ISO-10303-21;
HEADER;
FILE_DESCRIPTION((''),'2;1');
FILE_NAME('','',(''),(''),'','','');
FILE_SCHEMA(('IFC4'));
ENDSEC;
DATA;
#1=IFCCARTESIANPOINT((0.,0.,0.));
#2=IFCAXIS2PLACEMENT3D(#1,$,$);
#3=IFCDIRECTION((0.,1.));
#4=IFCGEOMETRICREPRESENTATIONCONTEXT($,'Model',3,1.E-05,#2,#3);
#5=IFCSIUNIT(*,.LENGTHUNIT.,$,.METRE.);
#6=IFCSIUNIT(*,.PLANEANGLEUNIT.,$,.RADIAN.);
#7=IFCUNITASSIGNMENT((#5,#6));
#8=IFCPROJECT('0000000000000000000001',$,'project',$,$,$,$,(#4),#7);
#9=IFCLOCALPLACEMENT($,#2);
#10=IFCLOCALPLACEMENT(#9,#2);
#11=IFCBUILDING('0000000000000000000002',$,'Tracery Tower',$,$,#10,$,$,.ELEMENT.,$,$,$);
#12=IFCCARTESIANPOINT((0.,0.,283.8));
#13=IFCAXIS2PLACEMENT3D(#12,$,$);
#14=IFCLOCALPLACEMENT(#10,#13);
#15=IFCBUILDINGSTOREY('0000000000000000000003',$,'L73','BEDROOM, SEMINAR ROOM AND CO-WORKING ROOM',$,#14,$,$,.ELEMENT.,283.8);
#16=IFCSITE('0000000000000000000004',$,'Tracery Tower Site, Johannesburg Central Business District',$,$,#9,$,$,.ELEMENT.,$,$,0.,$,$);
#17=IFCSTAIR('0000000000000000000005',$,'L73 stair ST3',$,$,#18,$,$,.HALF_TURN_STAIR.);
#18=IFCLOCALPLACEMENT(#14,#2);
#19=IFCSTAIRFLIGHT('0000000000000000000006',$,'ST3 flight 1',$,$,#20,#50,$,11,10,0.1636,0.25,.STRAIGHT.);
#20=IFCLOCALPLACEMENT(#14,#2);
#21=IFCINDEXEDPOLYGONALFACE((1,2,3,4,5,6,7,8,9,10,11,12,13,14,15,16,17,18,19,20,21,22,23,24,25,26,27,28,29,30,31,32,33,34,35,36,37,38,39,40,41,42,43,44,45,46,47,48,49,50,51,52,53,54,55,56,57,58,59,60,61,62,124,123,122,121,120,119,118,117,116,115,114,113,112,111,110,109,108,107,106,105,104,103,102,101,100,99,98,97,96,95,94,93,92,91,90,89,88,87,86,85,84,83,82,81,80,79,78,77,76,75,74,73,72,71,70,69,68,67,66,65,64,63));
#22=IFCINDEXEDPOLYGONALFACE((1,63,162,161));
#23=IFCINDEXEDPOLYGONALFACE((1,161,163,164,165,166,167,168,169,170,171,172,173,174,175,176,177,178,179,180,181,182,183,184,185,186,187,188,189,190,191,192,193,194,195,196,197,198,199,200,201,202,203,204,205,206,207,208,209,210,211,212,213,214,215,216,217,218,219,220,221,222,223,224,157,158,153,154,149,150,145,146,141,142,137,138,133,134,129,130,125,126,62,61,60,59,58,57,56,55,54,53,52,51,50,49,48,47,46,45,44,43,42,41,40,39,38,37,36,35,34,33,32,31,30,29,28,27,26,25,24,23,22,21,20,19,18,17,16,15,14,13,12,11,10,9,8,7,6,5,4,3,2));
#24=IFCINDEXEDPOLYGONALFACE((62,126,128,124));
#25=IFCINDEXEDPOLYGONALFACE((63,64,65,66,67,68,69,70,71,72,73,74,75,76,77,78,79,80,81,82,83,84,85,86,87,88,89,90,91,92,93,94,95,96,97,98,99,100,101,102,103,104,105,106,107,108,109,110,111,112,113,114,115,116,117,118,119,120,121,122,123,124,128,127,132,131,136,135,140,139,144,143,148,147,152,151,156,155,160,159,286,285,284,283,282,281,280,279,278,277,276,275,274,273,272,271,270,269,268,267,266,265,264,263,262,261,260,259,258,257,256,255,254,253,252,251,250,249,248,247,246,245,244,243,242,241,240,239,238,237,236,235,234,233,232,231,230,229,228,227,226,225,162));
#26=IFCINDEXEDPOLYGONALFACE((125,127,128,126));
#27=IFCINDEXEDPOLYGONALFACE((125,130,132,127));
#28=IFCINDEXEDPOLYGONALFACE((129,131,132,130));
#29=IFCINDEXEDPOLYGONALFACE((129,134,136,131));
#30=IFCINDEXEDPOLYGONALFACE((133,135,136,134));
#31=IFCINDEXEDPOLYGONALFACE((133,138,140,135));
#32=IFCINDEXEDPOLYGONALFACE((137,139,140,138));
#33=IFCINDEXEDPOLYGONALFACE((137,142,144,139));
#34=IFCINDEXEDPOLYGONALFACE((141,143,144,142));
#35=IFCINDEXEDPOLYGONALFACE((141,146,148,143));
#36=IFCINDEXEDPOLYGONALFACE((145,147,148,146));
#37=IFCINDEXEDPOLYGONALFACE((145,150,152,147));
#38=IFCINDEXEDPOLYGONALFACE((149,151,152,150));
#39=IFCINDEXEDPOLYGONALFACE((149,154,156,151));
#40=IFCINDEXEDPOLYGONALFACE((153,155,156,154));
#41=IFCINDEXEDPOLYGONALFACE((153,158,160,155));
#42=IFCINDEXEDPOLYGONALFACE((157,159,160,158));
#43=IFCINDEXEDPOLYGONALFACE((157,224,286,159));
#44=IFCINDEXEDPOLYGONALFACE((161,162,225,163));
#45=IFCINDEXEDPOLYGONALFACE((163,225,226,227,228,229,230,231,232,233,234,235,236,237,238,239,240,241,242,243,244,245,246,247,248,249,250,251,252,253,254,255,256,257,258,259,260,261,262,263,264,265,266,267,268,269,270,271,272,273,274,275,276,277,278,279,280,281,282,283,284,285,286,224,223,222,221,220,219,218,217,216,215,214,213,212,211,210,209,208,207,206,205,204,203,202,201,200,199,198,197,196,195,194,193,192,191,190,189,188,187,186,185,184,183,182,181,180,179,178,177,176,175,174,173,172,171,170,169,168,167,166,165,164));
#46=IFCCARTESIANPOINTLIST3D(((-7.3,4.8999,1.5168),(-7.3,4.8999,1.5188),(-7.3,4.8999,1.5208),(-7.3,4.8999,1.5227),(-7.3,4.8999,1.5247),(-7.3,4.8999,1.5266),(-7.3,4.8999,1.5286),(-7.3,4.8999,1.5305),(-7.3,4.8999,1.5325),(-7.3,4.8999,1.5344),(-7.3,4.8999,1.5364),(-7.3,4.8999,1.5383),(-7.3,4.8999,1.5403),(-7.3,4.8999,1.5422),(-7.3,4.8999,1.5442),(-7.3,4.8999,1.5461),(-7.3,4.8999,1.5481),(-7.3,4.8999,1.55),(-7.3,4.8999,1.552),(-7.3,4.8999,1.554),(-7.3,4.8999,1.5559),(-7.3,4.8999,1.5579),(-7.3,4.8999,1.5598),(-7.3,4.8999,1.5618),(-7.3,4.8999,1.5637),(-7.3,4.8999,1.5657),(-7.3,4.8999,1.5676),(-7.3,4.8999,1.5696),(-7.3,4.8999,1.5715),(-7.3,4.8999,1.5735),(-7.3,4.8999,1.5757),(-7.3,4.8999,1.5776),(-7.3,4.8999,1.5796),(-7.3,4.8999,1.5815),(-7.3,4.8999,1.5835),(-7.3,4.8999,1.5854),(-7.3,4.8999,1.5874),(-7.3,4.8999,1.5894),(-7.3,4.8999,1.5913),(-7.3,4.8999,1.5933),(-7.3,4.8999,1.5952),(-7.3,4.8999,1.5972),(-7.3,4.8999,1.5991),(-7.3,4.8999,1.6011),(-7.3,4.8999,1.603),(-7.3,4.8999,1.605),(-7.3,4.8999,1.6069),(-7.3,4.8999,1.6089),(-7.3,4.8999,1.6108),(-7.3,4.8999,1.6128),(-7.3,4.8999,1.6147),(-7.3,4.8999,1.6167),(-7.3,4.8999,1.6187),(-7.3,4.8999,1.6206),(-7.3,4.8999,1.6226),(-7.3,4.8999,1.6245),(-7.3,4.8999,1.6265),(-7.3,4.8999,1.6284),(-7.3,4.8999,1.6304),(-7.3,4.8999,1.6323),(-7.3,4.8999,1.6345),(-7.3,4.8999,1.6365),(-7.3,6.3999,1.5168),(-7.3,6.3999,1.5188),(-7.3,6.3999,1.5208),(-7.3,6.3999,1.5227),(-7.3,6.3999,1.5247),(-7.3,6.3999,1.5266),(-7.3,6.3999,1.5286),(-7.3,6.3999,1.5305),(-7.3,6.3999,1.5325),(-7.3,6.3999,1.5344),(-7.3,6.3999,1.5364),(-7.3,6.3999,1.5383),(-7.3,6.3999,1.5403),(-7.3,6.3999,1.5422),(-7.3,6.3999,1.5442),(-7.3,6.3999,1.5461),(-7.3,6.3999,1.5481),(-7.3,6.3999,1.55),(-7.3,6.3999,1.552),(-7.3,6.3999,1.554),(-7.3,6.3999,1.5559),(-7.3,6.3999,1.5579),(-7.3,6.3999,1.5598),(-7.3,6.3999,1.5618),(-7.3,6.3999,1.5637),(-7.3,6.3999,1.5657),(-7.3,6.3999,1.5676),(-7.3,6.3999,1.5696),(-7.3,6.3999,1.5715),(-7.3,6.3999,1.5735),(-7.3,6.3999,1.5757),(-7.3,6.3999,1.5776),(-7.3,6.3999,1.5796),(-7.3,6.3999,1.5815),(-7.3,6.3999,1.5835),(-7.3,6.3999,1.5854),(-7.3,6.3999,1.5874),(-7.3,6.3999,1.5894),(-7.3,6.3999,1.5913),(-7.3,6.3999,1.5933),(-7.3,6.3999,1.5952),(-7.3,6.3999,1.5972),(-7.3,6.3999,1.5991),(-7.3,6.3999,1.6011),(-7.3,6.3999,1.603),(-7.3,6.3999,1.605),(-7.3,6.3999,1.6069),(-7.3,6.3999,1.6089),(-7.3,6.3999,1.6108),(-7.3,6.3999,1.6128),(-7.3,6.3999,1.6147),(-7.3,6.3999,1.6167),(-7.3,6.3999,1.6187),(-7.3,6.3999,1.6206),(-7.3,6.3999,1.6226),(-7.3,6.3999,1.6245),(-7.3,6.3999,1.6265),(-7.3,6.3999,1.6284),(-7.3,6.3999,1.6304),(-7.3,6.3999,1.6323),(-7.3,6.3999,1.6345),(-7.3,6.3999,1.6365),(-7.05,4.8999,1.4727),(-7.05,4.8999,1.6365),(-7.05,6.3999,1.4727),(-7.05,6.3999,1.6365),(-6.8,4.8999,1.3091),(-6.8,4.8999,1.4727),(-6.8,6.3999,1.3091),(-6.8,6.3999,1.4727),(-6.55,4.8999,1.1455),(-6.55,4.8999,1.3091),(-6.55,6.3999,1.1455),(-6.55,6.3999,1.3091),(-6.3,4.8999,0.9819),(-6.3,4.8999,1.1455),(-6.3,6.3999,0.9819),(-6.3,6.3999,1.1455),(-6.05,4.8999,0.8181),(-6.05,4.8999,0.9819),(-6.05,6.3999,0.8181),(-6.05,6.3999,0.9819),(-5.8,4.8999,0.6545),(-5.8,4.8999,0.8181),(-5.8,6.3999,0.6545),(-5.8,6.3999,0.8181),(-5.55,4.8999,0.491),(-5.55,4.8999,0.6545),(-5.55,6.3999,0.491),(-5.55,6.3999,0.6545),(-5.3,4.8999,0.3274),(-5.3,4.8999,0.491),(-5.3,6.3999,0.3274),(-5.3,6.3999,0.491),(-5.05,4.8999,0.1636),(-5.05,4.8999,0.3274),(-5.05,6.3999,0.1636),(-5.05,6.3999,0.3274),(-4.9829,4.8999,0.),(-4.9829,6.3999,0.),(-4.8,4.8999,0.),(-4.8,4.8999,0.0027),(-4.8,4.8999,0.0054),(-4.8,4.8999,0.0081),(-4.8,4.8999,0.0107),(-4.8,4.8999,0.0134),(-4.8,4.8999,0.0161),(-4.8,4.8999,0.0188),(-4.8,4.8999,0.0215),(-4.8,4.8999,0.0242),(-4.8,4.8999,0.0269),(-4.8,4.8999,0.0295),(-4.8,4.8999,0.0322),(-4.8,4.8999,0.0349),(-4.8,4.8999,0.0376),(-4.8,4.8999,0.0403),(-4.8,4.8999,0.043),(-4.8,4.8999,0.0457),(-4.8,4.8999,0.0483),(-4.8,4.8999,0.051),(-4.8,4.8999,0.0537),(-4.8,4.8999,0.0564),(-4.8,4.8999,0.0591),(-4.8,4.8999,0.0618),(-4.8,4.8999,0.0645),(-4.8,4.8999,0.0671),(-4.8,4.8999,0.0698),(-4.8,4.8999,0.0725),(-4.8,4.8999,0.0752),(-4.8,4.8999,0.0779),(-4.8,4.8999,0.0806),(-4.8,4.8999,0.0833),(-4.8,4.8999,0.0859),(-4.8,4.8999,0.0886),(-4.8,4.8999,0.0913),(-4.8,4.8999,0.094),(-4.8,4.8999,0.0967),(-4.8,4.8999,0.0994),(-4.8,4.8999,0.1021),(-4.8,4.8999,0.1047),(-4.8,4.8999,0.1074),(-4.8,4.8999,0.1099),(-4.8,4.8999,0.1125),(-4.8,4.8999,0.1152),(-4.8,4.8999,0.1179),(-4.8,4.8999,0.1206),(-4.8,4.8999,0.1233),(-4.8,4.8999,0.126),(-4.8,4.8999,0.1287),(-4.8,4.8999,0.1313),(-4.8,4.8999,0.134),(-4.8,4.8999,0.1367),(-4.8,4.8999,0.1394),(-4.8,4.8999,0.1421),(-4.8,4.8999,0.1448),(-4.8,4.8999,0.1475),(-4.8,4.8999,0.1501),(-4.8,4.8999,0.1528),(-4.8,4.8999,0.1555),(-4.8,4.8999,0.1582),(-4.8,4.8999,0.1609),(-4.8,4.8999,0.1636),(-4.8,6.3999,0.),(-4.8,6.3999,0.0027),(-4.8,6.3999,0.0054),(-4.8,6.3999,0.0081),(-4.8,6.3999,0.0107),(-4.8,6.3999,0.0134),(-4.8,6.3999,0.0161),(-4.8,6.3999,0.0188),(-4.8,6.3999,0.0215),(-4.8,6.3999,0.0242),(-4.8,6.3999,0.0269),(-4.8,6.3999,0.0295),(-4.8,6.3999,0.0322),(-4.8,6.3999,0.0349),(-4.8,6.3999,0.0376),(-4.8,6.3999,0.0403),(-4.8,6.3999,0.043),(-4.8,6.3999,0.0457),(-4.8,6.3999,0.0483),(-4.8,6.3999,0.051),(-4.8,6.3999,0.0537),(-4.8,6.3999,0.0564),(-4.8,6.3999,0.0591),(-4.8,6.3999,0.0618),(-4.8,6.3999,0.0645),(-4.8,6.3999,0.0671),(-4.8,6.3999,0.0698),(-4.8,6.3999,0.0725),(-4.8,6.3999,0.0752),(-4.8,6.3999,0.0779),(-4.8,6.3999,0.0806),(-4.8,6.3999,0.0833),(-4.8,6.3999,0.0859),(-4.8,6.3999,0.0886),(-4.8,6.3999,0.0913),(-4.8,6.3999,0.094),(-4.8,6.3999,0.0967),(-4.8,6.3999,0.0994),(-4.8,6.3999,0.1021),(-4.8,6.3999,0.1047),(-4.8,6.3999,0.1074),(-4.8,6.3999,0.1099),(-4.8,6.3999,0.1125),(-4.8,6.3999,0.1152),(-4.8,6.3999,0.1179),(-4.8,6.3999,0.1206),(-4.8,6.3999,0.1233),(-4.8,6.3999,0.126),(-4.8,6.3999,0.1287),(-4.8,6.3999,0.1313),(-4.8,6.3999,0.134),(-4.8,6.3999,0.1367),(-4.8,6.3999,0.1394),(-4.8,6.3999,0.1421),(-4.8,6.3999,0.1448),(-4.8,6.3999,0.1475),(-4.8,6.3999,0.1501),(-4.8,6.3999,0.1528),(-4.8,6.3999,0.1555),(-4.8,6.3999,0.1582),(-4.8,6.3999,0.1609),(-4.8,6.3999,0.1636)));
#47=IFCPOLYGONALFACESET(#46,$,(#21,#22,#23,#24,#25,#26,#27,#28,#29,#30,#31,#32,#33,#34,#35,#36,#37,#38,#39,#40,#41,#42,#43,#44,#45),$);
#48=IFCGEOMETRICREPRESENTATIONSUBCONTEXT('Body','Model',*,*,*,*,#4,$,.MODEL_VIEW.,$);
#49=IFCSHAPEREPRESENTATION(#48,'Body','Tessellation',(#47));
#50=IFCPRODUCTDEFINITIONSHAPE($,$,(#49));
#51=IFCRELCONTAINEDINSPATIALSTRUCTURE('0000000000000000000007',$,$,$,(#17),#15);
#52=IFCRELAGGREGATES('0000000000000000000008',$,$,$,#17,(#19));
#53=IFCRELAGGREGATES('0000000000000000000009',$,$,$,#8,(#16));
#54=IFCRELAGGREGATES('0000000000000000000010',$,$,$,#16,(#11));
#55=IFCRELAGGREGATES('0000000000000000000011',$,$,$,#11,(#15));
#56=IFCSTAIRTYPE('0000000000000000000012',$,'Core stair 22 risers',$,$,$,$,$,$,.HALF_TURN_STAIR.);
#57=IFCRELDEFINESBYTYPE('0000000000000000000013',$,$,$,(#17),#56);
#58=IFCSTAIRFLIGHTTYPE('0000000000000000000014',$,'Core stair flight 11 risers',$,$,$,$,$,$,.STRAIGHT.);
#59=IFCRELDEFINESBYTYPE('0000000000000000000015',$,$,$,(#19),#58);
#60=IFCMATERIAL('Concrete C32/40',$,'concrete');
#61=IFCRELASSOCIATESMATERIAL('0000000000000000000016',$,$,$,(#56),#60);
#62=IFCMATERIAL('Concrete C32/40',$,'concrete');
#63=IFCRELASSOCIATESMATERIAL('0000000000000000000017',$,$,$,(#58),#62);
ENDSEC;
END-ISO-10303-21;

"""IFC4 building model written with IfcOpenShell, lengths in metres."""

from ifc_helpers import new_model, si_unit, direction, frame, origin, place, context, subcontext, project, spatial, polyline, outline, extrude, material, type_object, element, aggregate, save


model = new_model("IFC4")

# Units and contexts
model_context = context("Model", 3, precision=1e-05, world=origin(), true_north=direction((0.0, 1.0)))
body_context = subcontext(model_context, "Body", "Model", "MODEL_VIEW")
ifc_project = project(units=[si_unit("LENGTHUNIT", "METRE"), si_unit("PLANEANGLEUNIT", "RADIAN")], contexts=[model_context])

# Site, building, storey
site_placement = place(None, origin())
site = spatial("IfcSite", under=ifc_project, at=site_placement, Name="Tracery Tower Site, Johannesburg Central Business District", CompositionType="ELEMENT", RefElevation=0.0)
building_placement = place(site_placement, origin())
building = spatial("IfcBuilding", under=site, at=building_placement, Name="Tracery Tower", CompositionType="ELEMENT")
storey_placement = place(building_placement, frame((0.0, 0.0, 283.8)))
storey = spatial("IfcBuildingStorey", under=building, at=storey_placement, Name="L73", Description="BEDROOM, SEMINAR ROOM AND CO-WORKING ROOM", CompositionType="ELEMENT", Elevation=283.8)

# Stair, stair flight
ifc_material_1 = material(Name="Concrete C32/40", Category="concrete")
stair_type = type_object("IfcStairType", Name="Core stair 22 risers", PredefinedType="HALF_TURN_STAIR", material=ifc_material_1)
stair_placement = place(storey_placement, origin())
stair = element("IfcStair", 1, at=stair_placement, inside=storey, type_object=stair_type, Name="L73 stair ST3", PredefinedType="HALF_TURN_STAIR")
ifc_material_2 = material(Name="Concrete C32/40", Category="concrete")
stair_flight_type = type_object("IfcStairFlightType", Name="Core stair flight 11 risers", PredefinedType="STRAIGHT", material=ifc_material_2)
stair_flight_1_placement = place(storey_placement, frame((-4.8, 5.6499, 0.0), z_axis=(0.0, 0.0, 1.0), x_axis=(-1.0, 0.0, 0.0)))
stair_flight_1 = element("IfcStairFlight", 2, at=stair_flight_1_placement, type_object=stair_flight_type, Name="ST3 flight 1", NumberOfRisers=11, NumberOfTreads=10, PredefinedType="STRAIGHT", RiserHeight=0.1636, TreadLength=0.25, context=body_context, shape_type="SweptSolid", body=[
    extrude(outline(polyline([(0.0, 0.0), (0.0, 0.0027), (0.0, 0.0054), (0.0, 0.0081), (0.0, 0.0107), (0.0, 0.0134), (0.0, 0.0161), (0.0, 0.0188), (0.0, 0.0215), (0.0, 0.0242), (0.0, 0.0269), (0.0, 0.0295), (0.0, 0.0322), (0.0, 0.0349), (0.0, 0.0376), (0.0, 0.0403), (0.0, 0.043), (0.0, 0.0457), (0.0, 0.0483), (0.0, 0.051), (0.0, 0.0537), (0.0, 0.0564), (0.0, 0.0591), (0.0, 0.0618), (0.0, 0.0645), (0.0, 0.0671), (0.0, 0.0698), (0.0, 0.0725), (0.0, 0.0752), (0.0, 0.0779), (0.0, 0.0806), (0.0, 0.0833), (0.0, 0.0859), (0.0, 0.0886), (0.0, 0.0913), (0.0, 0.094), (0.0, 0.0967), (0.0, 0.0994), (0.0, 0.1021), (0.0, 0.1047), (0.0, 0.1074), (0.0, 0.1099), (0.0, 0.1125), (0.0, 0.1152), (0.0, 0.1179), (0.0, 0.1206), (0.0, 0.1233), (0.0, 0.126), (0.0, 0.1287), (0.0, 0.1313), (0.0, 0.134), (0.0, 0.1367), (0.0, 0.1394), (0.0, 0.1421), (0.0, 0.1448), (0.0, 0.1475), (0.0, 0.1501), (0.0, 0.1528), (0.0, 0.1555), (0.0, 0.1582), (0.0, 0.1609), (0.0, 0.1636), (0.25, 0.1636), (0.25, 0.3274), (0.5, 0.3274), (0.5, 0.491), (0.75, 0.491), (0.75, 0.6545), (1.0, 0.6545), (1.0, 0.8181), (1.25, 0.8181), (1.25, 0.9819), (1.5, 0.9819), (1.5, 1.1455), (1.75, 1.1455), (1.75, 1.3091), (2.0, 1.3091), (2.0, 1.4727), (2.25, 1.4727), (2.25, 1.6365), (2.5, 1.6365), (2.5, 1.6345), (2.5, 1.6323), (2.5, 1.6304), (2.5, 1.6284), (2.5, 1.6265), (2.5, 1.6245), (2.5, 1.6226), (2.5, 1.6206), (2.5, 1.6187), (2.5, 1.6167), (2.5, 1.6147), (2.5, 1.6128), (2.5, 1.6108), (2.5, 1.6089), (2.5, 1.6069), (2.5, 1.605), (2.5, 1.603), (2.5, 1.6011), (2.5, 1.5991), (2.5, 1.5972), (2.5, 1.5952), (2.5, 1.5933), (2.5, 1.5913), (2.5, 1.5894), (2.5, 1.5874), (2.5, 1.5854), (2.5, 1.5835), (2.5, 1.5815), (2.5, 1.5796), (2.5, 1.5776), (2.5, 1.5757), (2.5, 1.5735), (2.5, 1.5715), (2.5, 1.5696), (2.5, 1.5676), (2.5, 1.5657), (2.5, 1.5637), (2.5, 1.5618), (2.5, 1.5598), (2.5, 1.5579), (2.5, 1.5559), (2.5, 1.554), (2.5, 1.552), (2.5, 1.55), (2.5, 1.5481), (2.5, 1.5461), (2.5, 1.5442), (2.5, 1.5422), (2.5, 1.5403), (2.5, 1.5383), (2.5, 1.5364), (2.5, 1.5344), (2.5, 1.5325), (2.5, 1.5305), (2.5, 1.5286), (2.5, 1.5266), (2.5, 1.5247), (2.5, 1.5227), (2.5, 1.5208), (2.5, 1.5188), (2.5, 1.5168), (0.1829, 0.0), (0.0, 0.0)])), frame((0.0, 0.75, 0.0), z_axis=(0.0, -1.0, 0.0), x_axis=(1.0, 0.0, 0.0)), (0.0, 0.0, 1.0), 1.5),
])
aggregate(stair, [stair_flight_1])

save(model, "model.ifc")
